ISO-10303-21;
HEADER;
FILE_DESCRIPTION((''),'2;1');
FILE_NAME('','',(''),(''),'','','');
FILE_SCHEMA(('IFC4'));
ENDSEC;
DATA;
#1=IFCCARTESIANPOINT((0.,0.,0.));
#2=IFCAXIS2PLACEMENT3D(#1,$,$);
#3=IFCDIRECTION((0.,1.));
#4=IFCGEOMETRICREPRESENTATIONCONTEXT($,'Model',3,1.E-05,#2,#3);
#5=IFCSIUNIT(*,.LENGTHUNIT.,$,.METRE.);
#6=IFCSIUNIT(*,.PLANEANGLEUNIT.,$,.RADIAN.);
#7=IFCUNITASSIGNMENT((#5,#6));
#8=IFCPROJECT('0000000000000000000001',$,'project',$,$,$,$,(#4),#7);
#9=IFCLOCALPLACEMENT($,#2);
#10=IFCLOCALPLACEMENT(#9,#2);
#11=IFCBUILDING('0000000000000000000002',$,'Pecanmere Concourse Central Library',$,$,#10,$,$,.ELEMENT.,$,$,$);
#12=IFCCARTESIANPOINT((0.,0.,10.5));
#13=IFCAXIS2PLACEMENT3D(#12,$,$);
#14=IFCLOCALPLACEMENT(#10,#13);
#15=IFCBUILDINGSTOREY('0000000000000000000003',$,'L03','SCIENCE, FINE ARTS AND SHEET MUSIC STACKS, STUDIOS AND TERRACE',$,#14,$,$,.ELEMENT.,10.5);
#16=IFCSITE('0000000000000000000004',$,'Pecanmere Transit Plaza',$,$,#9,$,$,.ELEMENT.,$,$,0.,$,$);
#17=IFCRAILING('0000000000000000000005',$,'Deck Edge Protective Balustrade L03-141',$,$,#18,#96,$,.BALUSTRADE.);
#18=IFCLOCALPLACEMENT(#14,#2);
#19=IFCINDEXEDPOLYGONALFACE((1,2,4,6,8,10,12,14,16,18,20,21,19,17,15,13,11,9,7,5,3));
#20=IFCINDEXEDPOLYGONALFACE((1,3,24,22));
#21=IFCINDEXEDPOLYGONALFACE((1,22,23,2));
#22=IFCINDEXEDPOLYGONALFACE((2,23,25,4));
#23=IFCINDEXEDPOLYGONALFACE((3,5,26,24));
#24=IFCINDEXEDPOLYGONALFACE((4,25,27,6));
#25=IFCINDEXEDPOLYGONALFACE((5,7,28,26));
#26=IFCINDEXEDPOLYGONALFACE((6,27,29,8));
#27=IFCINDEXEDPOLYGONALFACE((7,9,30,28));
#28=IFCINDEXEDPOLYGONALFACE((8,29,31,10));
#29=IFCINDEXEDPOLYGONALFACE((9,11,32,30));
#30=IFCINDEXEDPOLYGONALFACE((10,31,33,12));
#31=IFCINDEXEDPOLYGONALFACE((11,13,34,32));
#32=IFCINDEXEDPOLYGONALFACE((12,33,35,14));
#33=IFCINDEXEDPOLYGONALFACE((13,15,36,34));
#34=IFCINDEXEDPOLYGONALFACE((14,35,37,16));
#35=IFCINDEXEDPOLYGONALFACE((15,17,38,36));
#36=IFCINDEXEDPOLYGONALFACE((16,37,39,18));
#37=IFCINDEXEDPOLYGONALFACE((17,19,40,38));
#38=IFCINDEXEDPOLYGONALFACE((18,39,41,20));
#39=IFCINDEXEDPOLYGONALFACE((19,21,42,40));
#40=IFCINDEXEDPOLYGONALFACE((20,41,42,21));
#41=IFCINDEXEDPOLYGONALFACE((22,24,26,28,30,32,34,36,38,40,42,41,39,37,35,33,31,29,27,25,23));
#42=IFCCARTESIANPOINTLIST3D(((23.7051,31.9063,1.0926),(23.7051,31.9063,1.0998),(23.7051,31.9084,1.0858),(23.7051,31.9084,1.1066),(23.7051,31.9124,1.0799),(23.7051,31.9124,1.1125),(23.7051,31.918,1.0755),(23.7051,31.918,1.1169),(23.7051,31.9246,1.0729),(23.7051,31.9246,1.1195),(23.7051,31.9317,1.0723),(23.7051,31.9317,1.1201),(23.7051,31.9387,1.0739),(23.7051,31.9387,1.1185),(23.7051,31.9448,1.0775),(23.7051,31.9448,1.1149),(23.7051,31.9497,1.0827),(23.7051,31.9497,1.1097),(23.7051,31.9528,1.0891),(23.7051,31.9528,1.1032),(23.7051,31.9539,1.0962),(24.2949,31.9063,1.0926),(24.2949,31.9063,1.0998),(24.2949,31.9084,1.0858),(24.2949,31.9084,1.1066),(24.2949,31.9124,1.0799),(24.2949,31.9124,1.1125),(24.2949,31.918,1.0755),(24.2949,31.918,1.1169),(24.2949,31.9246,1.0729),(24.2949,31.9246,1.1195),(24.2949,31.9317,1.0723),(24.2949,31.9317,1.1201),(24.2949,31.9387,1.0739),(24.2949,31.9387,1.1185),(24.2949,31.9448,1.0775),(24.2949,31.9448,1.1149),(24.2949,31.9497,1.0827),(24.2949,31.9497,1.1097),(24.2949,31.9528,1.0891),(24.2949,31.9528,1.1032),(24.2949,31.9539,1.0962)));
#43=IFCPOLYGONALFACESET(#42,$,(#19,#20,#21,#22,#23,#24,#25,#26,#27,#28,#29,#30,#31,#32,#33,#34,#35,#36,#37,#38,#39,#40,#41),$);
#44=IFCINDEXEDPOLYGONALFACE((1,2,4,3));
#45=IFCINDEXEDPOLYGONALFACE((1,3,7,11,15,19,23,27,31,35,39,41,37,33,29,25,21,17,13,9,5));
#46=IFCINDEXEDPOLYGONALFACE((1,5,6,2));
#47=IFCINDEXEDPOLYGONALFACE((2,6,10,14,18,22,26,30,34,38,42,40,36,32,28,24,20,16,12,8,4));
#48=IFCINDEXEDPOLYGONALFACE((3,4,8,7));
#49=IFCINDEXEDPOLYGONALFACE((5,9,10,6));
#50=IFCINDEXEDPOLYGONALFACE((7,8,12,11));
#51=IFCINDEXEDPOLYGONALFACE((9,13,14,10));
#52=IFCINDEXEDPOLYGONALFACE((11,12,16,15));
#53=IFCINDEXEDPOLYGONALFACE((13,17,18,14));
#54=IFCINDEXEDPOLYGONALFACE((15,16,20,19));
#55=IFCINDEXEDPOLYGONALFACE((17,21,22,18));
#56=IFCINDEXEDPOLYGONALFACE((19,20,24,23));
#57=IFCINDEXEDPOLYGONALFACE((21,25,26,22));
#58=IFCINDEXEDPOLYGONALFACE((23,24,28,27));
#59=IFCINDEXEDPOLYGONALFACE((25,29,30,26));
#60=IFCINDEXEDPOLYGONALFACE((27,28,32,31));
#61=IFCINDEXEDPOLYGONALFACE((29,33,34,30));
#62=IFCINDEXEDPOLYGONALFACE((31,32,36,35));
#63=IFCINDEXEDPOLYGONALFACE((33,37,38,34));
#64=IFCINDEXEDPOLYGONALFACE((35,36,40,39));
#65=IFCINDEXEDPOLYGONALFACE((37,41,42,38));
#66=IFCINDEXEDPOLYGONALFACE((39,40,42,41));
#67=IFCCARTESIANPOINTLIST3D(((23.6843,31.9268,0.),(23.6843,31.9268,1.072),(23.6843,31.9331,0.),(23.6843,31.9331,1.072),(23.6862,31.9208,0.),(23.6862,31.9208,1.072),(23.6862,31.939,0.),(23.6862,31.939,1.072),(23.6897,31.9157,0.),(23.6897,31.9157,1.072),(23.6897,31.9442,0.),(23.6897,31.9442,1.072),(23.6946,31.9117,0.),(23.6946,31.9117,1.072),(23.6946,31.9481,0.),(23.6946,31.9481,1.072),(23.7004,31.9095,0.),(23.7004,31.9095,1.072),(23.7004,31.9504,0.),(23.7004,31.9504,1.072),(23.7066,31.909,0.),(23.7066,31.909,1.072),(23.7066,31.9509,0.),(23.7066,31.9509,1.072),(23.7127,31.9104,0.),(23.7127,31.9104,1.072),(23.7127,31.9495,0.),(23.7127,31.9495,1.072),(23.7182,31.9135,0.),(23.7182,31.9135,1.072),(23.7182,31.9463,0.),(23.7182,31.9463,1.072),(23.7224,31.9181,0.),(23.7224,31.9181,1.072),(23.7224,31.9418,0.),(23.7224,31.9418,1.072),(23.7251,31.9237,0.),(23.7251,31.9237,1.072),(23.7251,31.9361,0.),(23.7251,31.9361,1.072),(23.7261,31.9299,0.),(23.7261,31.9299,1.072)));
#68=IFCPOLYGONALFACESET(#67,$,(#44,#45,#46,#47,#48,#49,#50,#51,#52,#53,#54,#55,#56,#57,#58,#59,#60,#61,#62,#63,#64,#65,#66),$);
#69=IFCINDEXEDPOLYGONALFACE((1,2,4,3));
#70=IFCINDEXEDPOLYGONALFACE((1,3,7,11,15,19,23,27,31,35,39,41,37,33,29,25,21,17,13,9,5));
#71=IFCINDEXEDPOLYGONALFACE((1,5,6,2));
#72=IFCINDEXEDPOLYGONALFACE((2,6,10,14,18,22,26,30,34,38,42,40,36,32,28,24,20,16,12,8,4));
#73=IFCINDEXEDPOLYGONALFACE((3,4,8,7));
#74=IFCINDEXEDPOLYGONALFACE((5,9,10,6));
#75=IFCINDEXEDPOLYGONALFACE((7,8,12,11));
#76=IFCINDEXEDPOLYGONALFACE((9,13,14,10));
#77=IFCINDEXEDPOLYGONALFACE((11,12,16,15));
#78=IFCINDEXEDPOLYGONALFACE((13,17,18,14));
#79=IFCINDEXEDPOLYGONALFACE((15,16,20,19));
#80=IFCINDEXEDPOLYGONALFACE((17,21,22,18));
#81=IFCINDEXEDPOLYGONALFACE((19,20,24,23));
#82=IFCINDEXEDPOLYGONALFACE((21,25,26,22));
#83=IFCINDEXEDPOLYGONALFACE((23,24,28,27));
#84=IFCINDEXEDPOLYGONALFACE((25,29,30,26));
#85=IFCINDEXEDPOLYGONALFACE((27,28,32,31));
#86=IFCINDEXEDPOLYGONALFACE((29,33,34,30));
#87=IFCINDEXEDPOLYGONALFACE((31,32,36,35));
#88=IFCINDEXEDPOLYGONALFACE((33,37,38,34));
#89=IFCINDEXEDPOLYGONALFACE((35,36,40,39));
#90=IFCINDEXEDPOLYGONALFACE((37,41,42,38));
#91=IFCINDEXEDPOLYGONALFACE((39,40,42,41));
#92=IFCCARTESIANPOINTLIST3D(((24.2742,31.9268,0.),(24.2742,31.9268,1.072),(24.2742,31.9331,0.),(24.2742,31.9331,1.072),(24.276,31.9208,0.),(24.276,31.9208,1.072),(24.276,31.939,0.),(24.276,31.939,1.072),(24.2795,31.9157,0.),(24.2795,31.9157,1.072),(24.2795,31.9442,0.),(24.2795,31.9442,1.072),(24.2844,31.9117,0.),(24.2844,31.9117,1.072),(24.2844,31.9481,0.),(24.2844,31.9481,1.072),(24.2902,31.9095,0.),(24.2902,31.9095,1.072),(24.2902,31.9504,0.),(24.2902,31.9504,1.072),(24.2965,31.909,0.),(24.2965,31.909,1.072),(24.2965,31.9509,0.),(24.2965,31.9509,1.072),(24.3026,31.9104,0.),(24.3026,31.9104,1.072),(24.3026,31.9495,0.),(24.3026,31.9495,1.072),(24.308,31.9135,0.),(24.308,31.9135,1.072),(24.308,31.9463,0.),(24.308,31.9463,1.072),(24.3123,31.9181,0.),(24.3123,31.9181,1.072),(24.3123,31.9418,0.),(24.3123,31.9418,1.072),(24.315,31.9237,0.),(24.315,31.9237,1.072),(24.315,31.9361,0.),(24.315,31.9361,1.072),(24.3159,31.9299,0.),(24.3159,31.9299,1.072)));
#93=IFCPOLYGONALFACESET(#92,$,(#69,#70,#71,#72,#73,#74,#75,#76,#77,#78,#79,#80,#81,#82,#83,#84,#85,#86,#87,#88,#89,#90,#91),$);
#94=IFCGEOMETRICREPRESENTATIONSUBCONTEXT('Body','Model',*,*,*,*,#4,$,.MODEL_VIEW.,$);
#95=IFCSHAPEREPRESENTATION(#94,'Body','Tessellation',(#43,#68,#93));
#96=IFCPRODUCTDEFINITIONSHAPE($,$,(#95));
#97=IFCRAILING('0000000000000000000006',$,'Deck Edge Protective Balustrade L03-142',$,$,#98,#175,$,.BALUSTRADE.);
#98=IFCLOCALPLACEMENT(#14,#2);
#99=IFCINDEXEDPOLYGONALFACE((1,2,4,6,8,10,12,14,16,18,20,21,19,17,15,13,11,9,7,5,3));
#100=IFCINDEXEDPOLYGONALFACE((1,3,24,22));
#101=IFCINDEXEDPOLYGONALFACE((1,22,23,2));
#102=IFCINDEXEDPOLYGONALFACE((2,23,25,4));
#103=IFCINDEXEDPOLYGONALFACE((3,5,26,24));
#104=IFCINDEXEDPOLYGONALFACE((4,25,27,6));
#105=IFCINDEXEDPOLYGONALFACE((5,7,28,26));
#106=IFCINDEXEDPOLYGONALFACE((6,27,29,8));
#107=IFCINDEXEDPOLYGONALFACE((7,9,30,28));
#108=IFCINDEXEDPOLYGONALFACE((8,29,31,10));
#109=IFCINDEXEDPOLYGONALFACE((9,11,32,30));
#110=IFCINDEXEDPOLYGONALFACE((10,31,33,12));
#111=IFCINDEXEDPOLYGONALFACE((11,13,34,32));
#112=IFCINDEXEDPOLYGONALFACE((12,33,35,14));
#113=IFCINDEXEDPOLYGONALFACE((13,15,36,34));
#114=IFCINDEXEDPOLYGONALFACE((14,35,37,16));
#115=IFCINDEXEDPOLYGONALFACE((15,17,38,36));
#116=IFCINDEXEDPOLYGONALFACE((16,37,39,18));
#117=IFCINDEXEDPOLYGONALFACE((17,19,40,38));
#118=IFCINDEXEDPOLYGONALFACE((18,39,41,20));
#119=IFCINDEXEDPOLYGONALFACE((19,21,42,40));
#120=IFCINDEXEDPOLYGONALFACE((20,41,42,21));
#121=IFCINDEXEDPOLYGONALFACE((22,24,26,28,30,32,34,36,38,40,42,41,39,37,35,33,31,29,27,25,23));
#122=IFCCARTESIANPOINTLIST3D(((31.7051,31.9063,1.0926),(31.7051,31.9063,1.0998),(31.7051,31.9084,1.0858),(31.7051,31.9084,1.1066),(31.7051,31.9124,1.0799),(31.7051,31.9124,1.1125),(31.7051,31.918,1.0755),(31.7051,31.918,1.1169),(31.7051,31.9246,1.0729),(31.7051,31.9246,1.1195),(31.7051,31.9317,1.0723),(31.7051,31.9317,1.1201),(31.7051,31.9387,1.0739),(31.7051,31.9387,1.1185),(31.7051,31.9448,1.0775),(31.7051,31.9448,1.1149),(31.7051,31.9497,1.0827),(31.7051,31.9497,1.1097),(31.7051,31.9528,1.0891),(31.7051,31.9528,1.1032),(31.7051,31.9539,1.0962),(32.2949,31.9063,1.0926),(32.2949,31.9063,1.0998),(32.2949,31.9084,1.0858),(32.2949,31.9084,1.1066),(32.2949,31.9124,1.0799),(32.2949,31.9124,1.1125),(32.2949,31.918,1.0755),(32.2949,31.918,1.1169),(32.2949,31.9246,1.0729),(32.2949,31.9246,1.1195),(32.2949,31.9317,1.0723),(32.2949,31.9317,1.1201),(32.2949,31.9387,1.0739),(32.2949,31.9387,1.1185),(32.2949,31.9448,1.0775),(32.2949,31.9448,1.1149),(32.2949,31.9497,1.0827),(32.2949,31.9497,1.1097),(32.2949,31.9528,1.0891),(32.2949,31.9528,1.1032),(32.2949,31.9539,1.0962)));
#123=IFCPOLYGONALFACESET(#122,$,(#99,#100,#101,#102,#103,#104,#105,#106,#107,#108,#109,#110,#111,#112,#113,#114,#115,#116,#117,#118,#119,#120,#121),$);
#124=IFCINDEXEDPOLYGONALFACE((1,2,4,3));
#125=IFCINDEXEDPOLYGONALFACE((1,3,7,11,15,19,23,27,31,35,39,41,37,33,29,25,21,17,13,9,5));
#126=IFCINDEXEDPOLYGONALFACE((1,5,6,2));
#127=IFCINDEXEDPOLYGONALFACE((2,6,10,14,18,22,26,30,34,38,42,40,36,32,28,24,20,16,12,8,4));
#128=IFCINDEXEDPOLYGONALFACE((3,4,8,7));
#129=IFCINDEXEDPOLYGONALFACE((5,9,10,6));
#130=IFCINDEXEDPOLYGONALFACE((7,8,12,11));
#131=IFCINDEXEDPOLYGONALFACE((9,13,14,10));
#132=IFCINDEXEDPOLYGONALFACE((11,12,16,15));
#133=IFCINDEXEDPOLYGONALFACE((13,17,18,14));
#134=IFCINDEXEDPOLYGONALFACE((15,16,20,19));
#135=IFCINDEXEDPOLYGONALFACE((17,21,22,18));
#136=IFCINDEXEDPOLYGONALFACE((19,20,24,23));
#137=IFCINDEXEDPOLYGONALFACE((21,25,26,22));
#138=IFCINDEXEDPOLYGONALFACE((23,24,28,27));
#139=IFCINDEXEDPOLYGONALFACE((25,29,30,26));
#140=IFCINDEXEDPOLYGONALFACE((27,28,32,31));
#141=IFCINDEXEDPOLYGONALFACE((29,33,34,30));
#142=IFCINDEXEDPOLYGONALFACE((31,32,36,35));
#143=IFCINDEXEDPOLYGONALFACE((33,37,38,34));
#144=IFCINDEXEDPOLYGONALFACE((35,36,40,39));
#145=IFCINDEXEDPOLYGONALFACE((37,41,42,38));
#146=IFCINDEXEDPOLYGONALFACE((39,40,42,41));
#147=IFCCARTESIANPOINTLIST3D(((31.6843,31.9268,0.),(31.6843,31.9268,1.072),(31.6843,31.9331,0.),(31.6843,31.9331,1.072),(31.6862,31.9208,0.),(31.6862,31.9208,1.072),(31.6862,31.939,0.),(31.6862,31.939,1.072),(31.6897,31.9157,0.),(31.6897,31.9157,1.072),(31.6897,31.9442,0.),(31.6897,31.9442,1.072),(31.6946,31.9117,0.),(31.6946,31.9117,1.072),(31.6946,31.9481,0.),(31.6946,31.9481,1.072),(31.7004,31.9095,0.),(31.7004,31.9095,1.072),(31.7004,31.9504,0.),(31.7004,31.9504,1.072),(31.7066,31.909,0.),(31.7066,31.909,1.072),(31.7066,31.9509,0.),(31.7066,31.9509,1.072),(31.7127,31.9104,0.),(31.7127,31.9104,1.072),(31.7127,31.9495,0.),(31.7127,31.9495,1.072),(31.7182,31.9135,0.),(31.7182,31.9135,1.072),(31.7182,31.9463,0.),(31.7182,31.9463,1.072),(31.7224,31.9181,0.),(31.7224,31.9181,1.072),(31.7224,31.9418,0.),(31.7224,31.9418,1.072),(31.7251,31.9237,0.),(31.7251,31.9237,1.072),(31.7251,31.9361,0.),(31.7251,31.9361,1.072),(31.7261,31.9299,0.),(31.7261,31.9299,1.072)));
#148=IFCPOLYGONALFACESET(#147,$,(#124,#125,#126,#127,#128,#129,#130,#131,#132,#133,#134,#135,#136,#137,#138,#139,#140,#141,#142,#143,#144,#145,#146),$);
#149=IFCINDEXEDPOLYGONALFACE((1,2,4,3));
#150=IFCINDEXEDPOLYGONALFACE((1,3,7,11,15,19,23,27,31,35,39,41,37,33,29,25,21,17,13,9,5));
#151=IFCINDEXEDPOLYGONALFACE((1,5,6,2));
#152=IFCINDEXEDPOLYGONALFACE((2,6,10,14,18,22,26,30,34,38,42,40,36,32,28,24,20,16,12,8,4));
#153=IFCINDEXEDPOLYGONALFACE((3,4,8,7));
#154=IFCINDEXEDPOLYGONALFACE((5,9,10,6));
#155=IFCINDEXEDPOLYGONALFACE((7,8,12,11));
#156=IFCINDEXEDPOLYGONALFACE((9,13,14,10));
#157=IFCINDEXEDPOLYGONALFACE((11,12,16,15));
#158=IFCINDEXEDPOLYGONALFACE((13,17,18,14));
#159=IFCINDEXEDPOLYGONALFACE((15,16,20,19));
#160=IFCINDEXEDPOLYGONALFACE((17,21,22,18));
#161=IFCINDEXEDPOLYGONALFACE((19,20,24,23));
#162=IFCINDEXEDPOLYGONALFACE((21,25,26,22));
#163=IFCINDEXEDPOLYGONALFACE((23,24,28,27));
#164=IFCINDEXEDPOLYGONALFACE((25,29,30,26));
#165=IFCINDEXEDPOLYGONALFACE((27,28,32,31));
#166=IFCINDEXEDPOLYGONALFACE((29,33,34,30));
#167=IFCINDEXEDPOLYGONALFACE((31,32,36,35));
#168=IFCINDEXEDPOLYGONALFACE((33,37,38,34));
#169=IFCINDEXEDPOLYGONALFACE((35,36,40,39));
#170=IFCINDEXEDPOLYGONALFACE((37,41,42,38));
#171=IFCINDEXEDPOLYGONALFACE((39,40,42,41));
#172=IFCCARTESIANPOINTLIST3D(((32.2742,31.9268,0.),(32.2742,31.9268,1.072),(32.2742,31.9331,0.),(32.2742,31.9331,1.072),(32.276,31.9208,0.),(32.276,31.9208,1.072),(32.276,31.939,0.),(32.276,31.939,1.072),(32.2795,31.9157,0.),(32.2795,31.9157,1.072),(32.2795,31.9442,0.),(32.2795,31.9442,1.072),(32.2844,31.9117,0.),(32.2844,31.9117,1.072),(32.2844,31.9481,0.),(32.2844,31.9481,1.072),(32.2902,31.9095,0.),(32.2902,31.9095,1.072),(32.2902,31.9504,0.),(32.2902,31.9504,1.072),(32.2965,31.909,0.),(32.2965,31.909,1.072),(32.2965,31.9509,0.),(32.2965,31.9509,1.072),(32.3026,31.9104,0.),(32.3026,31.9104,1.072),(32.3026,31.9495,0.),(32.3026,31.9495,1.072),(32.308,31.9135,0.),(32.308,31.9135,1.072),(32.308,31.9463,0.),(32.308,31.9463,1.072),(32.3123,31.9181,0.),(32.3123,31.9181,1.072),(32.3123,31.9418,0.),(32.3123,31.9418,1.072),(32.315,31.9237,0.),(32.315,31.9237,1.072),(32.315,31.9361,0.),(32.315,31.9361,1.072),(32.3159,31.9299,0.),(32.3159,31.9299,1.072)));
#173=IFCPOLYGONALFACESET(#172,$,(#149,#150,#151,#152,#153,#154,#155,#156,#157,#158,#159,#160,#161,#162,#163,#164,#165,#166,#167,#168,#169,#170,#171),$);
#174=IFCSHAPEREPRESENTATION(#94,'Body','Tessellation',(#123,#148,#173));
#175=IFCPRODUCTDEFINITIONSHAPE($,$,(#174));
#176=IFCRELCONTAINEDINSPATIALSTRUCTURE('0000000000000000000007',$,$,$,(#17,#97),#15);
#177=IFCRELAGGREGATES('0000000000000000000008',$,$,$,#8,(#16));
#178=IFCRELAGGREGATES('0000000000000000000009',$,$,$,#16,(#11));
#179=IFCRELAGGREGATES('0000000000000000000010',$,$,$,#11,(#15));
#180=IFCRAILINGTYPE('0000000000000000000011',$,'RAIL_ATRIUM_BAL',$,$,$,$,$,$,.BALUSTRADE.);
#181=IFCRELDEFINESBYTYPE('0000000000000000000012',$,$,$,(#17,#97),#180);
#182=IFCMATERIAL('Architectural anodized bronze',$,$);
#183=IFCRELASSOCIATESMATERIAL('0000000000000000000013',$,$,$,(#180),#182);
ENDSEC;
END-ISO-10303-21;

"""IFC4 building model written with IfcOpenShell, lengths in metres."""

from ifc_helpers import new_model, si_unit, direction, frame, origin, origin_2d, place, context, subcontext, project, spatial, circle, extrude, material, type_object, element, save


model = new_model("IFC4")

# Units and contexts
model_context = context("Model", 3, precision=1e-05, world=origin(), true_north=direction((0.0, 1.0)))
body_context = subcontext(model_context, "Body", "Model", "MODEL_VIEW")
ifc_project = project(units=[si_unit("LENGTHUNIT", "METRE"), si_unit("PLANEANGLEUNIT", "RADIAN")], contexts=[model_context])

# Site, building, storey
site_placement = place(None, origin())
site = spatial("IfcSite", under=ifc_project, at=site_placement, Name="Pecanmere Transit Plaza", CompositionType="ELEMENT", RefElevation=0.0)
building_placement = place(site_placement, origin())
building = spatial("IfcBuilding", under=site, at=building_placement, Name="Pecanmere Concourse Central Library", CompositionType="ELEMENT")
storey_placement = place(building_placement, frame((0.0, 0.0, 10.5)))
storey = spatial("IfcBuildingStorey", under=building, at=storey_placement, Name="L03", Description="SCIENCE, FINE ARTS AND SHEET MUSIC STACKS, STUDIOS AND TERRACE", CompositionType="ELEMENT", Elevation=10.5)

# Railings
ifc_material_1 = material(Name="Architectural anodized bronze")
railing_type = type_object("IfcRailingType", Name="RAIL_ATRIUM_BAL", PredefinedType="BALUSTRADE", material=ifc_material_1)
for number, where, name in (
    (1, (23.7051, 31.9299, 0.0), "Deck Edge Protective Balustrade L03-141"),
    (2, (31.7051, 31.9299, 0.0), "Deck Edge Protective Balustrade L03-142"),
):
    element("IfcRailing", number, at=place(storey_placement, frame(where)), inside=storey, type_object=railing_type, Name=name, PredefinedType="BALUSTRADE", context=body_context, shape_type="SweptSolid", body=[
        extrude(circle(Radius=0.0239, at=origin_2d()), frame((0.0, 0.0, 1.0962), z_axis=(1.0, 0.0, 0.0), x_axis=(0.0, 1.0, 0.0)), (0.0, 0.0, 1.0), 0.5898),
        extrude(circle(Radius=0.021, at=origin_2d()), origin(), (0.0, 0.0, 1.0), 1.072),
        extrude(circle(Radius=0.021, at=origin_2d()), frame((0.5898, 0.0, 0.0)), (0.0, 0.0, 1.0), 1.072),
    ])

save(model, "model.ifc")
